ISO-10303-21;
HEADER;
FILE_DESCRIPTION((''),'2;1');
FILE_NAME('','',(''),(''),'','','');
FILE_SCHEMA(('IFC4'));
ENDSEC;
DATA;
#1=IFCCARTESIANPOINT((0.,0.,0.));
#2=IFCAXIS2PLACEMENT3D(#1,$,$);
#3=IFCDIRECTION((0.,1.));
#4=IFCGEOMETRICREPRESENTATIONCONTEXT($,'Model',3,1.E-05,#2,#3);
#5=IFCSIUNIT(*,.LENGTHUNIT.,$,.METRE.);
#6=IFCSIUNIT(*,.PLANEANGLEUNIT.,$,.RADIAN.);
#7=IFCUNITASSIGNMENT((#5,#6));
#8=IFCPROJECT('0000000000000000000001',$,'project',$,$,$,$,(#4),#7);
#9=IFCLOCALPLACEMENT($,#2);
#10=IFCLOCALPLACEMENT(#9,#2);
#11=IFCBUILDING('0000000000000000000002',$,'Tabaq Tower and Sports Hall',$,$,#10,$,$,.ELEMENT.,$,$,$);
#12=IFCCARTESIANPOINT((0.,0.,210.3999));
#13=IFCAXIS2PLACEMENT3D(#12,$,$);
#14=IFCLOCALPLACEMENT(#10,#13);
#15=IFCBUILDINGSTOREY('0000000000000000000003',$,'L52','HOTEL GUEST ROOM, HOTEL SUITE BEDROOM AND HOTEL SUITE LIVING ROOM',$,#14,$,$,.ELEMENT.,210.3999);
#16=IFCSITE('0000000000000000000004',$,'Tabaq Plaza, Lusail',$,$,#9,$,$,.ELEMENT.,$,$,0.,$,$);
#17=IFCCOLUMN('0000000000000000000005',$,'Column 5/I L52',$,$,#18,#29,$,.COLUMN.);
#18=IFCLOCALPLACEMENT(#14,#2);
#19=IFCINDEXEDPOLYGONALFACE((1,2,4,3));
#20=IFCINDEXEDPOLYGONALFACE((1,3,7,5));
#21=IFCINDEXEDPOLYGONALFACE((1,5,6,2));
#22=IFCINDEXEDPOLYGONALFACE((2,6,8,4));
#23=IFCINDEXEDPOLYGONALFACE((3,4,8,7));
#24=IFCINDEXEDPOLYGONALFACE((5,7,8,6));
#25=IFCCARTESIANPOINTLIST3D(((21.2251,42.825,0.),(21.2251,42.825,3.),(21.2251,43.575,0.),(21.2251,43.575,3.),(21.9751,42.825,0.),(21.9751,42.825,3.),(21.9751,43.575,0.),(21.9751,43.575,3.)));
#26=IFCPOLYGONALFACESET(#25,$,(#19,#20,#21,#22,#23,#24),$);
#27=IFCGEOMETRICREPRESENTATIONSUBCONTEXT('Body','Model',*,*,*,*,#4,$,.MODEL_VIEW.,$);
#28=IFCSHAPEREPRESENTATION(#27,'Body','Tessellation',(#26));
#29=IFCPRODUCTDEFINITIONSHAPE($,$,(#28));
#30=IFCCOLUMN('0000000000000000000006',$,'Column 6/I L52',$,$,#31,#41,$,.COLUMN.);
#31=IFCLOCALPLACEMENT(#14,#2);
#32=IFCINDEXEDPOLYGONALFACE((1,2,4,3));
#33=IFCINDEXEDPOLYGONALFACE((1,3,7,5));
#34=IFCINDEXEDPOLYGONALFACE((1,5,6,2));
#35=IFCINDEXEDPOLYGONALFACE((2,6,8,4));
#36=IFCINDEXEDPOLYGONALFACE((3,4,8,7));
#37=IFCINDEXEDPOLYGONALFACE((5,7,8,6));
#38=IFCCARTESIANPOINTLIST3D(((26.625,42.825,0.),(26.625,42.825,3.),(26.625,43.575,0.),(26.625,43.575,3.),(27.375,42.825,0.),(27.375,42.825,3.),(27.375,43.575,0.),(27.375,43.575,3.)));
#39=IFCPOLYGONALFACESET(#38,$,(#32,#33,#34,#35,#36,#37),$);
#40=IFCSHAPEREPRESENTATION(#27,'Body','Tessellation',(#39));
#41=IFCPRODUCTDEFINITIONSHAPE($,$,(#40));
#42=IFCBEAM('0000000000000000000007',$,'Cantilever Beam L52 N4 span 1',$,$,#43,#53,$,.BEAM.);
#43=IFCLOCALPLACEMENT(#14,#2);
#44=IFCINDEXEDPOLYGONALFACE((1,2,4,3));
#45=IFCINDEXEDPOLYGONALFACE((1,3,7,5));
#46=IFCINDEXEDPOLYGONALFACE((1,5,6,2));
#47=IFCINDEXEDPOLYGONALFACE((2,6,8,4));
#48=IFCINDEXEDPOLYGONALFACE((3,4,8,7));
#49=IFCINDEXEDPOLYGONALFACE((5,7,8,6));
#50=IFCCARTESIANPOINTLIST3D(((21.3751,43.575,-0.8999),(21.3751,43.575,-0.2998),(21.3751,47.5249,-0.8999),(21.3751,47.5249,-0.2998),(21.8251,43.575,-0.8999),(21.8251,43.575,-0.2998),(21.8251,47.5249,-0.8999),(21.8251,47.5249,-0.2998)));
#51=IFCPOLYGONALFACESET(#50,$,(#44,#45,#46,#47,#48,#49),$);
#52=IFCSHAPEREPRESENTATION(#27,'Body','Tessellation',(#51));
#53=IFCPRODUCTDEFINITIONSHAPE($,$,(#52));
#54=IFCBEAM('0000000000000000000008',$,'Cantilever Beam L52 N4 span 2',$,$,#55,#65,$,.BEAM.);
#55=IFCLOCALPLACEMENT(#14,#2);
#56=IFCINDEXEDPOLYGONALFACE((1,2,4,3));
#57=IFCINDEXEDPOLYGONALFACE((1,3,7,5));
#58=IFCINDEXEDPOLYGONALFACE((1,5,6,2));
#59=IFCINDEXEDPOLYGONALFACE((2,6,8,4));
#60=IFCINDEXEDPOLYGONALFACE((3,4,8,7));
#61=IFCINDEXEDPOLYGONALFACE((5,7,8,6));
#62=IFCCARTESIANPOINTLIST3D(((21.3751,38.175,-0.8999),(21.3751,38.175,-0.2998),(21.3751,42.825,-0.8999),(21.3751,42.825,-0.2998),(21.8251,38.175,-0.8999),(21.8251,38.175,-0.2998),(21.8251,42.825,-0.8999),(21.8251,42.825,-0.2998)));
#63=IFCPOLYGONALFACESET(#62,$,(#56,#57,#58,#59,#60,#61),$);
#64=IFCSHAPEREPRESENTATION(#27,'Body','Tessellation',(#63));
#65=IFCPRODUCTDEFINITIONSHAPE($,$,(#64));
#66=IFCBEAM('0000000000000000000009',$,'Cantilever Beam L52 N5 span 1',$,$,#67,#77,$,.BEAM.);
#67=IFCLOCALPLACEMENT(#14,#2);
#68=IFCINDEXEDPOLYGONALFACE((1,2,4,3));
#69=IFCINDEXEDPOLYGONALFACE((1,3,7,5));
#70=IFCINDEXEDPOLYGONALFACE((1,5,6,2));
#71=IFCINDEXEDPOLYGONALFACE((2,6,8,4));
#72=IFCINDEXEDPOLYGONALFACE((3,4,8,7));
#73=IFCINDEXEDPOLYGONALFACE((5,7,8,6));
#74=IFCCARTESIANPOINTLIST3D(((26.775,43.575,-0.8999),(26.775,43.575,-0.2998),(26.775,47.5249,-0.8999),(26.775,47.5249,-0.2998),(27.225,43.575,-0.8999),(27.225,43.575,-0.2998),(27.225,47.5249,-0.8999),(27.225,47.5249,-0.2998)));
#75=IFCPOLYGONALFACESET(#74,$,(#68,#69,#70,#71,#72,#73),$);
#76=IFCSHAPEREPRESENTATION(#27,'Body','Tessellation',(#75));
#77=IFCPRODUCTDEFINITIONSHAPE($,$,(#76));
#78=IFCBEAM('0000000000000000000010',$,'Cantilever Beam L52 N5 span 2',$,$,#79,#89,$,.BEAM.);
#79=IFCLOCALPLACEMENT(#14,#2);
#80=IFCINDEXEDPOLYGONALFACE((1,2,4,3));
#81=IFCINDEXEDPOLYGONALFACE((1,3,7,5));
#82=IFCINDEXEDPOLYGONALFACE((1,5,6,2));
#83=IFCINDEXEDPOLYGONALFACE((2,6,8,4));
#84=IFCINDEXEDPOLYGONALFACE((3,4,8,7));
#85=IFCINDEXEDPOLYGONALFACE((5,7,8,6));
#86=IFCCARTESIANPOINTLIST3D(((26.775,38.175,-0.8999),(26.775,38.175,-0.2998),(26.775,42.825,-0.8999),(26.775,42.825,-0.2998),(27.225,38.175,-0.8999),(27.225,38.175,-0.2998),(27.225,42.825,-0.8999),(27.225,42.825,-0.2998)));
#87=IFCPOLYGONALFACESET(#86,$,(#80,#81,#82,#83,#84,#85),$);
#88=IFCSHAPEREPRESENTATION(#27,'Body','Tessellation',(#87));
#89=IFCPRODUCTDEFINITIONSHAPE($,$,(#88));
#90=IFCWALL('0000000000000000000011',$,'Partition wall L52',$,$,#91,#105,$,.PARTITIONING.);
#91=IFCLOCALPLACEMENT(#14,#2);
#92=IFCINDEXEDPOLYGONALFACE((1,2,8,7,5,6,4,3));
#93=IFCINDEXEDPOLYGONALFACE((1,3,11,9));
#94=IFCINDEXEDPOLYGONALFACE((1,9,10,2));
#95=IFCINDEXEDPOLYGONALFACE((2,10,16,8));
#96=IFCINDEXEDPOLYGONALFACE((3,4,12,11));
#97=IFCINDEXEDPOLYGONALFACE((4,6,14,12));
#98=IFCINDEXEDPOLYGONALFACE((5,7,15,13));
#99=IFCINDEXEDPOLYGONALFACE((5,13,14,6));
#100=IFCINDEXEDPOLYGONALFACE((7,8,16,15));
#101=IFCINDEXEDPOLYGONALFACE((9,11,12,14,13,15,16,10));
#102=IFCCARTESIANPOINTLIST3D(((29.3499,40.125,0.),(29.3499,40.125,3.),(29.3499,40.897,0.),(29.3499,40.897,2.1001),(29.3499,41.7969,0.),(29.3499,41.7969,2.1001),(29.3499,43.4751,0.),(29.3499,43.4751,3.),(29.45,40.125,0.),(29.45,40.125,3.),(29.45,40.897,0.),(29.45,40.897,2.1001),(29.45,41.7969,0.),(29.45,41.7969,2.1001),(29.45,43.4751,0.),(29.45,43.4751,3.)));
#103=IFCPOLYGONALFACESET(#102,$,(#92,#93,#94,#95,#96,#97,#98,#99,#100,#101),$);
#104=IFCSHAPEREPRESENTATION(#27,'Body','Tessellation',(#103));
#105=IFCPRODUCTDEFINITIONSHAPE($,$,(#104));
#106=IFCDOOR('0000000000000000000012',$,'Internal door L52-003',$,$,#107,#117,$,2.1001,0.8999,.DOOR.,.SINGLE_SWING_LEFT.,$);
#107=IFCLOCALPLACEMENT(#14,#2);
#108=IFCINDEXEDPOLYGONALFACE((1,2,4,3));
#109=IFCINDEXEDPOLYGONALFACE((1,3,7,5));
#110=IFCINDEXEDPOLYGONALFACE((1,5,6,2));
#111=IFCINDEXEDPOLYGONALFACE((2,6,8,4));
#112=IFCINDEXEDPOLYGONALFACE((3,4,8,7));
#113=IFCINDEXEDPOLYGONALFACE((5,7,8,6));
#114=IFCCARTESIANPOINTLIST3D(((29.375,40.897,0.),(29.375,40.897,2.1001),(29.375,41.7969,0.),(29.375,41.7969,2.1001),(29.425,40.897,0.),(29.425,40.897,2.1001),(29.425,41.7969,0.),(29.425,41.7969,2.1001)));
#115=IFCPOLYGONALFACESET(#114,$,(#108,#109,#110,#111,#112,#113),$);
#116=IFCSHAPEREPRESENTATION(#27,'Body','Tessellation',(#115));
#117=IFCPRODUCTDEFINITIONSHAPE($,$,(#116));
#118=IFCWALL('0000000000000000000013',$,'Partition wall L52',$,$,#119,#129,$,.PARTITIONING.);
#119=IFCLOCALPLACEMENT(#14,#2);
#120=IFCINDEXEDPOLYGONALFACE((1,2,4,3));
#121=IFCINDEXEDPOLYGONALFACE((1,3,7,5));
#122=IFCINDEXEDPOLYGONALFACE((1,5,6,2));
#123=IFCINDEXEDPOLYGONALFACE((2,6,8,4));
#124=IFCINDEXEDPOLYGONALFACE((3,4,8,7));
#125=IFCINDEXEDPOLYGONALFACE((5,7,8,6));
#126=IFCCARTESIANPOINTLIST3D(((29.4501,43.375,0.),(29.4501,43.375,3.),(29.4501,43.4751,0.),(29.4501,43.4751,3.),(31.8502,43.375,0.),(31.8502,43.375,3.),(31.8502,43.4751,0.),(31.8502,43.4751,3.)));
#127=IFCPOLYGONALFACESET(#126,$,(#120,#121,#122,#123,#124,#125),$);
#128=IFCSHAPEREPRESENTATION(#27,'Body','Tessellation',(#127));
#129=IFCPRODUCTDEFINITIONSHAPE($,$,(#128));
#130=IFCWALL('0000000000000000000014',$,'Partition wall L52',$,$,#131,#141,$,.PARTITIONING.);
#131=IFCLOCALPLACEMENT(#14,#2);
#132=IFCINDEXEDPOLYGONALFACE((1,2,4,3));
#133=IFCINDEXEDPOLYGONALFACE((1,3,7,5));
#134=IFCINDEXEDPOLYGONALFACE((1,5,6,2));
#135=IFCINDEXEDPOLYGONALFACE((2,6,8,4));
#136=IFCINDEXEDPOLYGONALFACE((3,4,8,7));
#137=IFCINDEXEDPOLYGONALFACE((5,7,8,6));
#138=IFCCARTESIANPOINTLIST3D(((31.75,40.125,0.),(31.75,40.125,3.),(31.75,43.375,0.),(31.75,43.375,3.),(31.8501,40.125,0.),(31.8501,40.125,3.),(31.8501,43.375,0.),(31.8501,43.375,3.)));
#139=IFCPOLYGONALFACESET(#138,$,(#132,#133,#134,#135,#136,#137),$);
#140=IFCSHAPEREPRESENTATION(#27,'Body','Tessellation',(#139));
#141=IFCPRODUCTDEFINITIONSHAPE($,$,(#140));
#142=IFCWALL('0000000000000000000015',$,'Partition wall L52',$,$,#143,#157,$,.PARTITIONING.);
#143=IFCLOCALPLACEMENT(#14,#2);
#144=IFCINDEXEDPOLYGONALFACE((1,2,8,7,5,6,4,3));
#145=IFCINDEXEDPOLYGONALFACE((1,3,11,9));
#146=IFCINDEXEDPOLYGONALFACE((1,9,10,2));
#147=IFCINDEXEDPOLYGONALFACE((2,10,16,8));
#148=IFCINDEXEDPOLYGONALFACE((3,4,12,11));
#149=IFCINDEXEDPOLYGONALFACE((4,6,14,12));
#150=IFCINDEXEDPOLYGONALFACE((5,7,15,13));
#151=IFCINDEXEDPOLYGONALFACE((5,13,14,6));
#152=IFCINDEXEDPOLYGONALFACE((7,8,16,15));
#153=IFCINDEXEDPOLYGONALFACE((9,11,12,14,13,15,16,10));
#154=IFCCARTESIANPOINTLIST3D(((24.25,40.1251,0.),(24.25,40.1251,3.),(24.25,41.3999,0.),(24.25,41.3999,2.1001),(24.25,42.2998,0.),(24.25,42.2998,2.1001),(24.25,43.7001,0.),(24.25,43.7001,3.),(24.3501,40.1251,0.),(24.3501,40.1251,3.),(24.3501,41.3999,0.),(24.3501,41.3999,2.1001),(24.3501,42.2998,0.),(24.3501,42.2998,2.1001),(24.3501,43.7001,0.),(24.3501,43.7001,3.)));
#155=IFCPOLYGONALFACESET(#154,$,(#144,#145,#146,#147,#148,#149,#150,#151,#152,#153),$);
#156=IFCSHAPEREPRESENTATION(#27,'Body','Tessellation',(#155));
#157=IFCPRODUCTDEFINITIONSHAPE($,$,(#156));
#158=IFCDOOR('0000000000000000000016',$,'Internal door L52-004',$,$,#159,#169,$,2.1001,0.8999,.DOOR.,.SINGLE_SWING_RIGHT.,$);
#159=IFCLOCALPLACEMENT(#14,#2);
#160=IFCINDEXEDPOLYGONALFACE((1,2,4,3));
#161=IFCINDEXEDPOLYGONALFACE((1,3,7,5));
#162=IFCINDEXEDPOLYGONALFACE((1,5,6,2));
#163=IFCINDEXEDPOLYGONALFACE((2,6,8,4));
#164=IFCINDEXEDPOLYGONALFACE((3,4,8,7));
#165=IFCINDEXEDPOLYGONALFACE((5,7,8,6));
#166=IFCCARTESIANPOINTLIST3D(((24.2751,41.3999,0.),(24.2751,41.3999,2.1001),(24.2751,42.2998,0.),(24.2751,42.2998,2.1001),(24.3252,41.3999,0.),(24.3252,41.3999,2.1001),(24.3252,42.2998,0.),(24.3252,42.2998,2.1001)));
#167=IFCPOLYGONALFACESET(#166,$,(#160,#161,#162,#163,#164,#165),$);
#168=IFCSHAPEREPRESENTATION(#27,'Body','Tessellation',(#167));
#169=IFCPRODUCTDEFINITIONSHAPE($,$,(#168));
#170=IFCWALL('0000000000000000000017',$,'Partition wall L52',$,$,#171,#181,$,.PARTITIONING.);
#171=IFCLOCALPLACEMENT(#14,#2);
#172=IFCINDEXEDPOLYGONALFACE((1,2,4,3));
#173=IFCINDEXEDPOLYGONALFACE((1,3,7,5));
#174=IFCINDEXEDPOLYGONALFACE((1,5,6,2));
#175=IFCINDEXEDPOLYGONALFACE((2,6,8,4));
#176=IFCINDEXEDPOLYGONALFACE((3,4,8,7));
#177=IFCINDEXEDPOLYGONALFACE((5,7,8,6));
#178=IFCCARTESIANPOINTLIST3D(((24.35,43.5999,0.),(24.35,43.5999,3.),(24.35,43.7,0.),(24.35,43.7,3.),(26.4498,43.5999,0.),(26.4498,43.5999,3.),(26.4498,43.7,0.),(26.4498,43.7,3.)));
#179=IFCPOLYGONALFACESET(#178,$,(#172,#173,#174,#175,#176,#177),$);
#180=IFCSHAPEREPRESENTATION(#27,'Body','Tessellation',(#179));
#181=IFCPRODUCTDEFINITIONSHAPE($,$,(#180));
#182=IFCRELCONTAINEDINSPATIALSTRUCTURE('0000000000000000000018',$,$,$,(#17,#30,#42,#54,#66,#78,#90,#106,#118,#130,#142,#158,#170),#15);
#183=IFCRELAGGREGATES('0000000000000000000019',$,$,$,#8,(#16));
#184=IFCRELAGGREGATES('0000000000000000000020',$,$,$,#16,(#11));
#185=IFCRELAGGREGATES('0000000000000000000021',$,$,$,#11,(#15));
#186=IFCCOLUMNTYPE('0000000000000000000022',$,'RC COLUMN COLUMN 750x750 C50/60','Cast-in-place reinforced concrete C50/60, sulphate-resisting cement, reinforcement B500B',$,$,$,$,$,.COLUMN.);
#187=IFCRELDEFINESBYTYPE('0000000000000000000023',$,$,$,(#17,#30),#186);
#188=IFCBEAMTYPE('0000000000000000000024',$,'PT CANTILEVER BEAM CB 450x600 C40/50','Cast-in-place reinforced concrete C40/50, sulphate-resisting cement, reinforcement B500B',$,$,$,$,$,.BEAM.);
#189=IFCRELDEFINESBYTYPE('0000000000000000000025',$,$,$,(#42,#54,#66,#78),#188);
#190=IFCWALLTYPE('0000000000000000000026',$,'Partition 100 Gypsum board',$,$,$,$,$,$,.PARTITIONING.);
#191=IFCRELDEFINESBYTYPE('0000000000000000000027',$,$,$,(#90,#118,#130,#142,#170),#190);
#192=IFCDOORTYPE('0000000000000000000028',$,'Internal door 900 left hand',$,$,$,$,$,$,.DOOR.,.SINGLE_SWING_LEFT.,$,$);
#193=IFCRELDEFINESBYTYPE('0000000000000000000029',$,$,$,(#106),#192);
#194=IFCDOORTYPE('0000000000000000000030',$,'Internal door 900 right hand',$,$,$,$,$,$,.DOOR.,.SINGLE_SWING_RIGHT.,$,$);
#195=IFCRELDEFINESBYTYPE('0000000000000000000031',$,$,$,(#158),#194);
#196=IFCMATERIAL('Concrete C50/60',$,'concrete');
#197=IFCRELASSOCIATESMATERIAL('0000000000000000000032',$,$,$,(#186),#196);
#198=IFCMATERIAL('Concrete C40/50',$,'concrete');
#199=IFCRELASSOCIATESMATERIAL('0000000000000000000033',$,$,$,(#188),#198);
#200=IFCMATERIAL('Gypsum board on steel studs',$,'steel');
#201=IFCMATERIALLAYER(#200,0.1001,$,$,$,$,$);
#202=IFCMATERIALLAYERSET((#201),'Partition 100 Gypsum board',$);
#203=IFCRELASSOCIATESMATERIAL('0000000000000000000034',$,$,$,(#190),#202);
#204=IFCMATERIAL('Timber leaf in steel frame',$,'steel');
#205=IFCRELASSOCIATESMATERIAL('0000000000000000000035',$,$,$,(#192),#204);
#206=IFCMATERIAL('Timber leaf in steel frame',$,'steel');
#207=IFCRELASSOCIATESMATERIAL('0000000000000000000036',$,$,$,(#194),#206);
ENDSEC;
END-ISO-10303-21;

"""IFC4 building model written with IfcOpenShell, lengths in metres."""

from ifc_helpers import new_model, si_unit, direction, frame, frame_2d, origin, origin_2d, place, context, subcontext, project, spatial, rectangle, extrude, material, layer, layer_set, material_profile, profile_set, type_object, element, fill, save


model = new_model("IFC4")

# Units and contexts
model_context = context("Model", 3, precision=1e-05, world=origin(), true_north=direction((0.0, 1.0)))
body_context = subcontext(model_context, "Body", "Model", "MODEL_VIEW")
ifc_project = project(units=[si_unit("LENGTHUNIT", "METRE"), si_unit("PLANEANGLEUNIT", "RADIAN")], contexts=[model_context])

# Site, building, storey
site_placement = place(None, origin())
site = spatial("IfcSite", under=ifc_project, at=site_placement, Name="Tabaq Plaza, Lusail", CompositionType="ELEMENT", RefElevation=0.0)
building_placement = place(site_placement, origin())
building = spatial("IfcBuilding", under=site, at=building_placement, Name="Tabaq Tower and Sports Hall", CompositionType="ELEMENT")
storey_placement = place(building_placement, frame((0.0, 0.0, 210.3999)))
storey = spatial("IfcBuildingStorey", under=building, at=storey_placement, Name="L52", Description="HOTEL GUEST ROOM, HOTEL SUITE BEDROOM AND HOTEL SUITE LIVING ROOM", CompositionType="ELEMENT", Elevation=210.3999)

# Columns
ifc_material_1 = material(Name="Concrete C50/60", Category="concrete")
ifc_material_profile_1 = material_profile(ifc_material_1, rectangle(XDim=0.75, YDim=0.75, at=origin_2d()), Name="COLUMN 750x750")
ifc_profile_set_1 = profile_set([ifc_material_profile_1], Name="Concrete C50/60")
column_type = type_object("IfcColumnType", Name="RC COLUMN COLUMN 750x750 C50/60", Description="Cast-in-place reinforced concrete C50/60, sulphate-resisting cement, reinforcement B500B", PredefinedType="COLUMN", material=ifc_profile_set_1)
for number, where, z_axis, x_axis, name in (
    (1, (21.6001, 43.2, 0.0), (0.0, 0.0, 1.0), (1.0, 0.0, 0.0), "Column 5/I L52"),
    (2, (27.0, 43.2, 0.0), (0.0, 0.0, 1.0), (1.0, 0.0, 0.0), "Column 6/I L52"),
):
    element("IfcColumn", number, at=place(storey_placement, frame(where, z_axis=z_axis, x_axis=x_axis)), inside=storey, type_object=column_type, Name=name, PredefinedType="COLUMN", context=body_context, shape_type="SweptSolid", body=[
        extrude(rectangle(XDim=0.75, YDim=0.75, at=origin_2d()), origin(), (0.0, 0.0, 1.0), 3.0),
    ])

# Beams
ifc_material_2 = material(Name="Concrete C40/50", Category="concrete")
ifc_material_profile_2 = material_profile(ifc_material_2, rectangle(XDim=0.45, YDim=0.6001, at=origin_2d()), Name="CB 450x600")
ifc_profile_set_2 = profile_set([ifc_material_profile_2], Name="Concrete C40/50")
beam_type = type_object("IfcBeamType", Name="PT CANTILEVER BEAM CB 450x600 C40/50", Description="Cast-in-place reinforced concrete C40/50, sulphate-resisting cement, reinforcement B500B", PredefinedType="BEAM", material=ifc_profile_set_2)
beam_1_placement = place(storey_placement, frame((21.6001, 47.5249, -0.5999), z_axis=(0.0, -1.0, 0.0), x_axis=(1.0, 0.0, 0.0)))
element("IfcBeam", 3, at=beam_1_placement, inside=storey, type_object=beam_type, Name="Cantilever Beam L52 N4 span 1", PredefinedType="BEAM", context=body_context, shape_type="SweptSolid", body=[
    extrude(rectangle(XDim=0.45, YDim=0.6001, at=origin_2d()), origin(), (0.0, 0.0, 1.0), 3.95),
])
beam_2_placement = place(storey_placement, frame((21.6001, 42.825, -0.5999), z_axis=(0.0, -1.0, 0.0), x_axis=(1.0, 0.0, 0.0)))
element("IfcBeam", 4, at=beam_2_placement, inside=storey, type_object=beam_type, Name="Cantilever Beam L52 N4 span 2", PredefinedType="BEAM", context=body_context, shape_type="SweptSolid", body=[
    extrude(rectangle(XDim=0.45, YDim=0.6001, at=origin_2d()), origin(), (0.0, 0.0, 1.0), 4.6499),
])
beam_3_placement = place(storey_placement, frame((27.0, 47.5249, -0.5999), z_axis=(0.0, -1.0, 0.0), x_axis=(1.0, 0.0, 0.0)))
element("IfcBeam", 5, at=beam_3_placement, inside=storey, type_object=beam_type, Name="Cantilever Beam L52 N5 span 1", PredefinedType="BEAM", context=body_context, shape_type="SweptSolid", body=[
    extrude(rectangle(XDim=0.45, YDim=0.6001, at=origin_2d()), origin(), (0.0, 0.0, 1.0), 3.95),
])
beam_4_placement = place(storey_placement, frame((27.0, 42.825, -0.5999), z_axis=(0.0, -1.0, 0.0), x_axis=(1.0, 0.0, 0.0)))
element("IfcBeam", 6, at=beam_4_placement, inside=storey, type_object=beam_type, Name="Cantilever Beam L52 N5 span 2", PredefinedType="BEAM", context=body_context, shape_type="SweptSolid", body=[
    extrude(rectangle(XDim=0.45, YDim=0.6001, at=origin_2d()), origin(), (0.0, 0.0, 1.0), 4.6499),
])

# Wall, opening, door
ifc_material_3 = material(Name="Gypsum board on steel studs", Category="steel")
ifc_layer_1 = layer(ifc_material_3, 0.1001)
ifc_layer_set_1 = layer_set([ifc_layer_1], Name="Partition 100 Gypsum board")
wall_type_1 = type_object("IfcWallType", Name="Partition 100 Gypsum board", PredefinedType="PARTITIONING", material=ifc_layer_set_1)
wall_1_placement = place(storey_placement, frame((29.3999, 40.125, 0.0), z_axis=(0.0, 0.0, 1.0), x_axis=(0.0, 1.0, 0.0)))
wall_1 = element("IfcWall", 7, at=wall_1_placement, inside=storey, type_object=wall_type_1, Name="Partition wall L52", PredefinedType="PARTITIONING", context=body_context, shape_type="SweptSolid", body=[
    extrude(rectangle(XDim=3.3501, YDim=0.1001, at=frame_2d((1.675, 0.0))), origin(), (0.0, 0.0, 1.0), 3.0),
])
opening_1_placement = place(wall_1_placement, frame((0.772, 0.0, 0.0)))
opening_1 = element("IfcOpeningElement", 8, at=opening_1_placement, cuts=wall_1, PredefinedType="OPENING", context=body_context, shape_type="SweptSolid", body=[
    extrude(rectangle(XDim=0.8999, YDim=2.1001, at=frame_2d((0.45, 1.05))), frame((0.0, 0.05, 0.0), z_axis=(0.0, -1.0, 0.0), x_axis=(1.0, 0.0, 0.0)), (0.0, 0.0, 1.0), 0.1001),
])
ifc_material_4 = material(Name="Timber leaf in steel frame", Category="steel")
door_type_1 = type_object("IfcDoorType", Name="Internal door 900 left hand", OperationType="SINGLE_SWING_LEFT", PredefinedType="DOOR", material=ifc_material_4)
door_1_placement = place(opening_1_placement, origin())
door_1 = element("IfcDoor", 9, at=door_1_placement, inside=storey, type_object=door_type_1, Name="Internal door L52-003", OperationType="SINGLE_SWING_LEFT", OverallHeight=2.1001, OverallWidth=0.8999, PredefinedType="DOOR", context=body_context, shape_type="SweptSolid", body=[
    extrude(rectangle(XDim=0.8999, YDim=2.1001, at=frame_2d((0.45, 1.05))), frame((0.0, 0.0249, 0.0), z_axis=(0.0, -1.0, 0.0), x_axis=(1.0, 0.0, 0.0)), (0.0, 0.0, 1.0), 0.05),
])
fill(opening_1, door_1)

# Walls
wall_2_placement = place(storey_placement, frame((29.45, 43.425, 0.0), z_axis=(0.0, 0.0, 1.0), x_axis=(1.0, 0.0, 0.0)))
element("IfcWall", 10, at=wall_2_placement, inside=storey, type_object=wall_type_1, Name="Partition wall L52", PredefinedType="PARTITIONING", context=body_context, shape_type="SweptSolid", body=[
    extrude(rectangle(XDim=2.4001, YDim=0.1001, at=frame_2d((1.2002, 0.0))), origin(), (0.0, 0.0, 1.0), 3.0),
])
wall_3_placement = place(storey_placement, frame((31.8, 43.375, 0.0), z_axis=(0.0, 0.0, 1.0), x_axis=(0.0, -1.0, 0.0)))
element("IfcWall", 11, at=wall_3_placement, inside=storey, type_object=wall_type_1, Name="Partition wall L52", PredefinedType="PARTITIONING", context=body_context, shape_type="SweptSolid", body=[
    extrude(rectangle(XDim=3.25, YDim=0.1001, at=frame_2d((1.625, 0.0))), origin(), (0.0, 0.0, 1.0), 3.0),
])

# Wall, opening, door
wall_4_placement = place(storey_placement, frame((24.3, 40.125, 0.0), z_axis=(0.0, 0.0, 1.0), x_axis=(0.0, 1.0, 0.0)))
wall_4 = element("IfcWall", 12, at=wall_4_placement, inside=storey, type_object=wall_type_1, Name="Partition wall L52", PredefinedType="PARTITIONING", context=body_context, shape_type="SweptSolid", body=[
    extrude(rectangle(XDim=3.575, YDim=0.1001, at=frame_2d((1.7876, 0.0))), origin(), (0.0, 0.0, 1.0), 3.0),
])
opening_2_placement = place(wall_4_placement, frame((1.2749, 0.0, 0.0)))
opening_2 = element("IfcOpeningElement", 13, at=opening_2_placement, cuts=wall_4, PredefinedType="OPENING", context=body_context, shape_type="SweptSolid", body=[
    extrude(rectangle(XDim=0.8999, YDim=2.1001, at=frame_2d((0.45, 1.05))), frame((0.0, 0.05, 0.0), z_axis=(0.0, -1.0, 0.0), x_axis=(1.0, 0.0, 0.0)), (0.0, 0.0, 1.0), 0.1001),
])
ifc_material_5 = material(Name="Timber leaf in steel frame", Category="steel")
door_type_2 = type_object("IfcDoorType", Name="Internal door 900 right hand", OperationType="SINGLE_SWING_RIGHT", PredefinedType="DOOR", material=ifc_material_5)
door_2_placement = place(opening_2_placement, origin())
door_2 = element("IfcDoor", 14, at=door_2_placement, inside=storey, type_object=door_type_2, Name="Internal door L52-004", OperationType="SINGLE_SWING_RIGHT", OverallHeight=2.1001, OverallWidth=0.8999, PredefinedType="DOOR", context=body_context, shape_type="SweptSolid", body=[
    extrude(rectangle(XDim=0.8999, YDim=2.1001, at=frame_2d((0.45, 1.05))), frame((0.0, 0.0249, 0.0), z_axis=(0.0, -1.0, 0.0), x_axis=(1.0, 0.0, 0.0)), (0.0, 0.0, 1.0), 0.05),
])
fill(opening_2, door_2)

# Wall
wall_5_placement = place(storey_placement, frame((24.3501, 43.6499, 0.0), z_axis=(0.0, 0.0, 1.0), x_axis=(1.0, 0.0, 0.0)))
element("IfcWall", 15, at=wall_5_placement, inside=storey, type_object=wall_type_1, Name="Partition wall L52", PredefinedType="PARTITIONING", context=body_context, shape_type="SweptSolid", body=[
    extrude(rectangle(XDim=2.0999, YDim=0.1001, at=frame_2d((1.0498, 0.0))), origin(), (0.0, 0.0, 1.0), 3.0),
])

save(model, "model.ifc")
